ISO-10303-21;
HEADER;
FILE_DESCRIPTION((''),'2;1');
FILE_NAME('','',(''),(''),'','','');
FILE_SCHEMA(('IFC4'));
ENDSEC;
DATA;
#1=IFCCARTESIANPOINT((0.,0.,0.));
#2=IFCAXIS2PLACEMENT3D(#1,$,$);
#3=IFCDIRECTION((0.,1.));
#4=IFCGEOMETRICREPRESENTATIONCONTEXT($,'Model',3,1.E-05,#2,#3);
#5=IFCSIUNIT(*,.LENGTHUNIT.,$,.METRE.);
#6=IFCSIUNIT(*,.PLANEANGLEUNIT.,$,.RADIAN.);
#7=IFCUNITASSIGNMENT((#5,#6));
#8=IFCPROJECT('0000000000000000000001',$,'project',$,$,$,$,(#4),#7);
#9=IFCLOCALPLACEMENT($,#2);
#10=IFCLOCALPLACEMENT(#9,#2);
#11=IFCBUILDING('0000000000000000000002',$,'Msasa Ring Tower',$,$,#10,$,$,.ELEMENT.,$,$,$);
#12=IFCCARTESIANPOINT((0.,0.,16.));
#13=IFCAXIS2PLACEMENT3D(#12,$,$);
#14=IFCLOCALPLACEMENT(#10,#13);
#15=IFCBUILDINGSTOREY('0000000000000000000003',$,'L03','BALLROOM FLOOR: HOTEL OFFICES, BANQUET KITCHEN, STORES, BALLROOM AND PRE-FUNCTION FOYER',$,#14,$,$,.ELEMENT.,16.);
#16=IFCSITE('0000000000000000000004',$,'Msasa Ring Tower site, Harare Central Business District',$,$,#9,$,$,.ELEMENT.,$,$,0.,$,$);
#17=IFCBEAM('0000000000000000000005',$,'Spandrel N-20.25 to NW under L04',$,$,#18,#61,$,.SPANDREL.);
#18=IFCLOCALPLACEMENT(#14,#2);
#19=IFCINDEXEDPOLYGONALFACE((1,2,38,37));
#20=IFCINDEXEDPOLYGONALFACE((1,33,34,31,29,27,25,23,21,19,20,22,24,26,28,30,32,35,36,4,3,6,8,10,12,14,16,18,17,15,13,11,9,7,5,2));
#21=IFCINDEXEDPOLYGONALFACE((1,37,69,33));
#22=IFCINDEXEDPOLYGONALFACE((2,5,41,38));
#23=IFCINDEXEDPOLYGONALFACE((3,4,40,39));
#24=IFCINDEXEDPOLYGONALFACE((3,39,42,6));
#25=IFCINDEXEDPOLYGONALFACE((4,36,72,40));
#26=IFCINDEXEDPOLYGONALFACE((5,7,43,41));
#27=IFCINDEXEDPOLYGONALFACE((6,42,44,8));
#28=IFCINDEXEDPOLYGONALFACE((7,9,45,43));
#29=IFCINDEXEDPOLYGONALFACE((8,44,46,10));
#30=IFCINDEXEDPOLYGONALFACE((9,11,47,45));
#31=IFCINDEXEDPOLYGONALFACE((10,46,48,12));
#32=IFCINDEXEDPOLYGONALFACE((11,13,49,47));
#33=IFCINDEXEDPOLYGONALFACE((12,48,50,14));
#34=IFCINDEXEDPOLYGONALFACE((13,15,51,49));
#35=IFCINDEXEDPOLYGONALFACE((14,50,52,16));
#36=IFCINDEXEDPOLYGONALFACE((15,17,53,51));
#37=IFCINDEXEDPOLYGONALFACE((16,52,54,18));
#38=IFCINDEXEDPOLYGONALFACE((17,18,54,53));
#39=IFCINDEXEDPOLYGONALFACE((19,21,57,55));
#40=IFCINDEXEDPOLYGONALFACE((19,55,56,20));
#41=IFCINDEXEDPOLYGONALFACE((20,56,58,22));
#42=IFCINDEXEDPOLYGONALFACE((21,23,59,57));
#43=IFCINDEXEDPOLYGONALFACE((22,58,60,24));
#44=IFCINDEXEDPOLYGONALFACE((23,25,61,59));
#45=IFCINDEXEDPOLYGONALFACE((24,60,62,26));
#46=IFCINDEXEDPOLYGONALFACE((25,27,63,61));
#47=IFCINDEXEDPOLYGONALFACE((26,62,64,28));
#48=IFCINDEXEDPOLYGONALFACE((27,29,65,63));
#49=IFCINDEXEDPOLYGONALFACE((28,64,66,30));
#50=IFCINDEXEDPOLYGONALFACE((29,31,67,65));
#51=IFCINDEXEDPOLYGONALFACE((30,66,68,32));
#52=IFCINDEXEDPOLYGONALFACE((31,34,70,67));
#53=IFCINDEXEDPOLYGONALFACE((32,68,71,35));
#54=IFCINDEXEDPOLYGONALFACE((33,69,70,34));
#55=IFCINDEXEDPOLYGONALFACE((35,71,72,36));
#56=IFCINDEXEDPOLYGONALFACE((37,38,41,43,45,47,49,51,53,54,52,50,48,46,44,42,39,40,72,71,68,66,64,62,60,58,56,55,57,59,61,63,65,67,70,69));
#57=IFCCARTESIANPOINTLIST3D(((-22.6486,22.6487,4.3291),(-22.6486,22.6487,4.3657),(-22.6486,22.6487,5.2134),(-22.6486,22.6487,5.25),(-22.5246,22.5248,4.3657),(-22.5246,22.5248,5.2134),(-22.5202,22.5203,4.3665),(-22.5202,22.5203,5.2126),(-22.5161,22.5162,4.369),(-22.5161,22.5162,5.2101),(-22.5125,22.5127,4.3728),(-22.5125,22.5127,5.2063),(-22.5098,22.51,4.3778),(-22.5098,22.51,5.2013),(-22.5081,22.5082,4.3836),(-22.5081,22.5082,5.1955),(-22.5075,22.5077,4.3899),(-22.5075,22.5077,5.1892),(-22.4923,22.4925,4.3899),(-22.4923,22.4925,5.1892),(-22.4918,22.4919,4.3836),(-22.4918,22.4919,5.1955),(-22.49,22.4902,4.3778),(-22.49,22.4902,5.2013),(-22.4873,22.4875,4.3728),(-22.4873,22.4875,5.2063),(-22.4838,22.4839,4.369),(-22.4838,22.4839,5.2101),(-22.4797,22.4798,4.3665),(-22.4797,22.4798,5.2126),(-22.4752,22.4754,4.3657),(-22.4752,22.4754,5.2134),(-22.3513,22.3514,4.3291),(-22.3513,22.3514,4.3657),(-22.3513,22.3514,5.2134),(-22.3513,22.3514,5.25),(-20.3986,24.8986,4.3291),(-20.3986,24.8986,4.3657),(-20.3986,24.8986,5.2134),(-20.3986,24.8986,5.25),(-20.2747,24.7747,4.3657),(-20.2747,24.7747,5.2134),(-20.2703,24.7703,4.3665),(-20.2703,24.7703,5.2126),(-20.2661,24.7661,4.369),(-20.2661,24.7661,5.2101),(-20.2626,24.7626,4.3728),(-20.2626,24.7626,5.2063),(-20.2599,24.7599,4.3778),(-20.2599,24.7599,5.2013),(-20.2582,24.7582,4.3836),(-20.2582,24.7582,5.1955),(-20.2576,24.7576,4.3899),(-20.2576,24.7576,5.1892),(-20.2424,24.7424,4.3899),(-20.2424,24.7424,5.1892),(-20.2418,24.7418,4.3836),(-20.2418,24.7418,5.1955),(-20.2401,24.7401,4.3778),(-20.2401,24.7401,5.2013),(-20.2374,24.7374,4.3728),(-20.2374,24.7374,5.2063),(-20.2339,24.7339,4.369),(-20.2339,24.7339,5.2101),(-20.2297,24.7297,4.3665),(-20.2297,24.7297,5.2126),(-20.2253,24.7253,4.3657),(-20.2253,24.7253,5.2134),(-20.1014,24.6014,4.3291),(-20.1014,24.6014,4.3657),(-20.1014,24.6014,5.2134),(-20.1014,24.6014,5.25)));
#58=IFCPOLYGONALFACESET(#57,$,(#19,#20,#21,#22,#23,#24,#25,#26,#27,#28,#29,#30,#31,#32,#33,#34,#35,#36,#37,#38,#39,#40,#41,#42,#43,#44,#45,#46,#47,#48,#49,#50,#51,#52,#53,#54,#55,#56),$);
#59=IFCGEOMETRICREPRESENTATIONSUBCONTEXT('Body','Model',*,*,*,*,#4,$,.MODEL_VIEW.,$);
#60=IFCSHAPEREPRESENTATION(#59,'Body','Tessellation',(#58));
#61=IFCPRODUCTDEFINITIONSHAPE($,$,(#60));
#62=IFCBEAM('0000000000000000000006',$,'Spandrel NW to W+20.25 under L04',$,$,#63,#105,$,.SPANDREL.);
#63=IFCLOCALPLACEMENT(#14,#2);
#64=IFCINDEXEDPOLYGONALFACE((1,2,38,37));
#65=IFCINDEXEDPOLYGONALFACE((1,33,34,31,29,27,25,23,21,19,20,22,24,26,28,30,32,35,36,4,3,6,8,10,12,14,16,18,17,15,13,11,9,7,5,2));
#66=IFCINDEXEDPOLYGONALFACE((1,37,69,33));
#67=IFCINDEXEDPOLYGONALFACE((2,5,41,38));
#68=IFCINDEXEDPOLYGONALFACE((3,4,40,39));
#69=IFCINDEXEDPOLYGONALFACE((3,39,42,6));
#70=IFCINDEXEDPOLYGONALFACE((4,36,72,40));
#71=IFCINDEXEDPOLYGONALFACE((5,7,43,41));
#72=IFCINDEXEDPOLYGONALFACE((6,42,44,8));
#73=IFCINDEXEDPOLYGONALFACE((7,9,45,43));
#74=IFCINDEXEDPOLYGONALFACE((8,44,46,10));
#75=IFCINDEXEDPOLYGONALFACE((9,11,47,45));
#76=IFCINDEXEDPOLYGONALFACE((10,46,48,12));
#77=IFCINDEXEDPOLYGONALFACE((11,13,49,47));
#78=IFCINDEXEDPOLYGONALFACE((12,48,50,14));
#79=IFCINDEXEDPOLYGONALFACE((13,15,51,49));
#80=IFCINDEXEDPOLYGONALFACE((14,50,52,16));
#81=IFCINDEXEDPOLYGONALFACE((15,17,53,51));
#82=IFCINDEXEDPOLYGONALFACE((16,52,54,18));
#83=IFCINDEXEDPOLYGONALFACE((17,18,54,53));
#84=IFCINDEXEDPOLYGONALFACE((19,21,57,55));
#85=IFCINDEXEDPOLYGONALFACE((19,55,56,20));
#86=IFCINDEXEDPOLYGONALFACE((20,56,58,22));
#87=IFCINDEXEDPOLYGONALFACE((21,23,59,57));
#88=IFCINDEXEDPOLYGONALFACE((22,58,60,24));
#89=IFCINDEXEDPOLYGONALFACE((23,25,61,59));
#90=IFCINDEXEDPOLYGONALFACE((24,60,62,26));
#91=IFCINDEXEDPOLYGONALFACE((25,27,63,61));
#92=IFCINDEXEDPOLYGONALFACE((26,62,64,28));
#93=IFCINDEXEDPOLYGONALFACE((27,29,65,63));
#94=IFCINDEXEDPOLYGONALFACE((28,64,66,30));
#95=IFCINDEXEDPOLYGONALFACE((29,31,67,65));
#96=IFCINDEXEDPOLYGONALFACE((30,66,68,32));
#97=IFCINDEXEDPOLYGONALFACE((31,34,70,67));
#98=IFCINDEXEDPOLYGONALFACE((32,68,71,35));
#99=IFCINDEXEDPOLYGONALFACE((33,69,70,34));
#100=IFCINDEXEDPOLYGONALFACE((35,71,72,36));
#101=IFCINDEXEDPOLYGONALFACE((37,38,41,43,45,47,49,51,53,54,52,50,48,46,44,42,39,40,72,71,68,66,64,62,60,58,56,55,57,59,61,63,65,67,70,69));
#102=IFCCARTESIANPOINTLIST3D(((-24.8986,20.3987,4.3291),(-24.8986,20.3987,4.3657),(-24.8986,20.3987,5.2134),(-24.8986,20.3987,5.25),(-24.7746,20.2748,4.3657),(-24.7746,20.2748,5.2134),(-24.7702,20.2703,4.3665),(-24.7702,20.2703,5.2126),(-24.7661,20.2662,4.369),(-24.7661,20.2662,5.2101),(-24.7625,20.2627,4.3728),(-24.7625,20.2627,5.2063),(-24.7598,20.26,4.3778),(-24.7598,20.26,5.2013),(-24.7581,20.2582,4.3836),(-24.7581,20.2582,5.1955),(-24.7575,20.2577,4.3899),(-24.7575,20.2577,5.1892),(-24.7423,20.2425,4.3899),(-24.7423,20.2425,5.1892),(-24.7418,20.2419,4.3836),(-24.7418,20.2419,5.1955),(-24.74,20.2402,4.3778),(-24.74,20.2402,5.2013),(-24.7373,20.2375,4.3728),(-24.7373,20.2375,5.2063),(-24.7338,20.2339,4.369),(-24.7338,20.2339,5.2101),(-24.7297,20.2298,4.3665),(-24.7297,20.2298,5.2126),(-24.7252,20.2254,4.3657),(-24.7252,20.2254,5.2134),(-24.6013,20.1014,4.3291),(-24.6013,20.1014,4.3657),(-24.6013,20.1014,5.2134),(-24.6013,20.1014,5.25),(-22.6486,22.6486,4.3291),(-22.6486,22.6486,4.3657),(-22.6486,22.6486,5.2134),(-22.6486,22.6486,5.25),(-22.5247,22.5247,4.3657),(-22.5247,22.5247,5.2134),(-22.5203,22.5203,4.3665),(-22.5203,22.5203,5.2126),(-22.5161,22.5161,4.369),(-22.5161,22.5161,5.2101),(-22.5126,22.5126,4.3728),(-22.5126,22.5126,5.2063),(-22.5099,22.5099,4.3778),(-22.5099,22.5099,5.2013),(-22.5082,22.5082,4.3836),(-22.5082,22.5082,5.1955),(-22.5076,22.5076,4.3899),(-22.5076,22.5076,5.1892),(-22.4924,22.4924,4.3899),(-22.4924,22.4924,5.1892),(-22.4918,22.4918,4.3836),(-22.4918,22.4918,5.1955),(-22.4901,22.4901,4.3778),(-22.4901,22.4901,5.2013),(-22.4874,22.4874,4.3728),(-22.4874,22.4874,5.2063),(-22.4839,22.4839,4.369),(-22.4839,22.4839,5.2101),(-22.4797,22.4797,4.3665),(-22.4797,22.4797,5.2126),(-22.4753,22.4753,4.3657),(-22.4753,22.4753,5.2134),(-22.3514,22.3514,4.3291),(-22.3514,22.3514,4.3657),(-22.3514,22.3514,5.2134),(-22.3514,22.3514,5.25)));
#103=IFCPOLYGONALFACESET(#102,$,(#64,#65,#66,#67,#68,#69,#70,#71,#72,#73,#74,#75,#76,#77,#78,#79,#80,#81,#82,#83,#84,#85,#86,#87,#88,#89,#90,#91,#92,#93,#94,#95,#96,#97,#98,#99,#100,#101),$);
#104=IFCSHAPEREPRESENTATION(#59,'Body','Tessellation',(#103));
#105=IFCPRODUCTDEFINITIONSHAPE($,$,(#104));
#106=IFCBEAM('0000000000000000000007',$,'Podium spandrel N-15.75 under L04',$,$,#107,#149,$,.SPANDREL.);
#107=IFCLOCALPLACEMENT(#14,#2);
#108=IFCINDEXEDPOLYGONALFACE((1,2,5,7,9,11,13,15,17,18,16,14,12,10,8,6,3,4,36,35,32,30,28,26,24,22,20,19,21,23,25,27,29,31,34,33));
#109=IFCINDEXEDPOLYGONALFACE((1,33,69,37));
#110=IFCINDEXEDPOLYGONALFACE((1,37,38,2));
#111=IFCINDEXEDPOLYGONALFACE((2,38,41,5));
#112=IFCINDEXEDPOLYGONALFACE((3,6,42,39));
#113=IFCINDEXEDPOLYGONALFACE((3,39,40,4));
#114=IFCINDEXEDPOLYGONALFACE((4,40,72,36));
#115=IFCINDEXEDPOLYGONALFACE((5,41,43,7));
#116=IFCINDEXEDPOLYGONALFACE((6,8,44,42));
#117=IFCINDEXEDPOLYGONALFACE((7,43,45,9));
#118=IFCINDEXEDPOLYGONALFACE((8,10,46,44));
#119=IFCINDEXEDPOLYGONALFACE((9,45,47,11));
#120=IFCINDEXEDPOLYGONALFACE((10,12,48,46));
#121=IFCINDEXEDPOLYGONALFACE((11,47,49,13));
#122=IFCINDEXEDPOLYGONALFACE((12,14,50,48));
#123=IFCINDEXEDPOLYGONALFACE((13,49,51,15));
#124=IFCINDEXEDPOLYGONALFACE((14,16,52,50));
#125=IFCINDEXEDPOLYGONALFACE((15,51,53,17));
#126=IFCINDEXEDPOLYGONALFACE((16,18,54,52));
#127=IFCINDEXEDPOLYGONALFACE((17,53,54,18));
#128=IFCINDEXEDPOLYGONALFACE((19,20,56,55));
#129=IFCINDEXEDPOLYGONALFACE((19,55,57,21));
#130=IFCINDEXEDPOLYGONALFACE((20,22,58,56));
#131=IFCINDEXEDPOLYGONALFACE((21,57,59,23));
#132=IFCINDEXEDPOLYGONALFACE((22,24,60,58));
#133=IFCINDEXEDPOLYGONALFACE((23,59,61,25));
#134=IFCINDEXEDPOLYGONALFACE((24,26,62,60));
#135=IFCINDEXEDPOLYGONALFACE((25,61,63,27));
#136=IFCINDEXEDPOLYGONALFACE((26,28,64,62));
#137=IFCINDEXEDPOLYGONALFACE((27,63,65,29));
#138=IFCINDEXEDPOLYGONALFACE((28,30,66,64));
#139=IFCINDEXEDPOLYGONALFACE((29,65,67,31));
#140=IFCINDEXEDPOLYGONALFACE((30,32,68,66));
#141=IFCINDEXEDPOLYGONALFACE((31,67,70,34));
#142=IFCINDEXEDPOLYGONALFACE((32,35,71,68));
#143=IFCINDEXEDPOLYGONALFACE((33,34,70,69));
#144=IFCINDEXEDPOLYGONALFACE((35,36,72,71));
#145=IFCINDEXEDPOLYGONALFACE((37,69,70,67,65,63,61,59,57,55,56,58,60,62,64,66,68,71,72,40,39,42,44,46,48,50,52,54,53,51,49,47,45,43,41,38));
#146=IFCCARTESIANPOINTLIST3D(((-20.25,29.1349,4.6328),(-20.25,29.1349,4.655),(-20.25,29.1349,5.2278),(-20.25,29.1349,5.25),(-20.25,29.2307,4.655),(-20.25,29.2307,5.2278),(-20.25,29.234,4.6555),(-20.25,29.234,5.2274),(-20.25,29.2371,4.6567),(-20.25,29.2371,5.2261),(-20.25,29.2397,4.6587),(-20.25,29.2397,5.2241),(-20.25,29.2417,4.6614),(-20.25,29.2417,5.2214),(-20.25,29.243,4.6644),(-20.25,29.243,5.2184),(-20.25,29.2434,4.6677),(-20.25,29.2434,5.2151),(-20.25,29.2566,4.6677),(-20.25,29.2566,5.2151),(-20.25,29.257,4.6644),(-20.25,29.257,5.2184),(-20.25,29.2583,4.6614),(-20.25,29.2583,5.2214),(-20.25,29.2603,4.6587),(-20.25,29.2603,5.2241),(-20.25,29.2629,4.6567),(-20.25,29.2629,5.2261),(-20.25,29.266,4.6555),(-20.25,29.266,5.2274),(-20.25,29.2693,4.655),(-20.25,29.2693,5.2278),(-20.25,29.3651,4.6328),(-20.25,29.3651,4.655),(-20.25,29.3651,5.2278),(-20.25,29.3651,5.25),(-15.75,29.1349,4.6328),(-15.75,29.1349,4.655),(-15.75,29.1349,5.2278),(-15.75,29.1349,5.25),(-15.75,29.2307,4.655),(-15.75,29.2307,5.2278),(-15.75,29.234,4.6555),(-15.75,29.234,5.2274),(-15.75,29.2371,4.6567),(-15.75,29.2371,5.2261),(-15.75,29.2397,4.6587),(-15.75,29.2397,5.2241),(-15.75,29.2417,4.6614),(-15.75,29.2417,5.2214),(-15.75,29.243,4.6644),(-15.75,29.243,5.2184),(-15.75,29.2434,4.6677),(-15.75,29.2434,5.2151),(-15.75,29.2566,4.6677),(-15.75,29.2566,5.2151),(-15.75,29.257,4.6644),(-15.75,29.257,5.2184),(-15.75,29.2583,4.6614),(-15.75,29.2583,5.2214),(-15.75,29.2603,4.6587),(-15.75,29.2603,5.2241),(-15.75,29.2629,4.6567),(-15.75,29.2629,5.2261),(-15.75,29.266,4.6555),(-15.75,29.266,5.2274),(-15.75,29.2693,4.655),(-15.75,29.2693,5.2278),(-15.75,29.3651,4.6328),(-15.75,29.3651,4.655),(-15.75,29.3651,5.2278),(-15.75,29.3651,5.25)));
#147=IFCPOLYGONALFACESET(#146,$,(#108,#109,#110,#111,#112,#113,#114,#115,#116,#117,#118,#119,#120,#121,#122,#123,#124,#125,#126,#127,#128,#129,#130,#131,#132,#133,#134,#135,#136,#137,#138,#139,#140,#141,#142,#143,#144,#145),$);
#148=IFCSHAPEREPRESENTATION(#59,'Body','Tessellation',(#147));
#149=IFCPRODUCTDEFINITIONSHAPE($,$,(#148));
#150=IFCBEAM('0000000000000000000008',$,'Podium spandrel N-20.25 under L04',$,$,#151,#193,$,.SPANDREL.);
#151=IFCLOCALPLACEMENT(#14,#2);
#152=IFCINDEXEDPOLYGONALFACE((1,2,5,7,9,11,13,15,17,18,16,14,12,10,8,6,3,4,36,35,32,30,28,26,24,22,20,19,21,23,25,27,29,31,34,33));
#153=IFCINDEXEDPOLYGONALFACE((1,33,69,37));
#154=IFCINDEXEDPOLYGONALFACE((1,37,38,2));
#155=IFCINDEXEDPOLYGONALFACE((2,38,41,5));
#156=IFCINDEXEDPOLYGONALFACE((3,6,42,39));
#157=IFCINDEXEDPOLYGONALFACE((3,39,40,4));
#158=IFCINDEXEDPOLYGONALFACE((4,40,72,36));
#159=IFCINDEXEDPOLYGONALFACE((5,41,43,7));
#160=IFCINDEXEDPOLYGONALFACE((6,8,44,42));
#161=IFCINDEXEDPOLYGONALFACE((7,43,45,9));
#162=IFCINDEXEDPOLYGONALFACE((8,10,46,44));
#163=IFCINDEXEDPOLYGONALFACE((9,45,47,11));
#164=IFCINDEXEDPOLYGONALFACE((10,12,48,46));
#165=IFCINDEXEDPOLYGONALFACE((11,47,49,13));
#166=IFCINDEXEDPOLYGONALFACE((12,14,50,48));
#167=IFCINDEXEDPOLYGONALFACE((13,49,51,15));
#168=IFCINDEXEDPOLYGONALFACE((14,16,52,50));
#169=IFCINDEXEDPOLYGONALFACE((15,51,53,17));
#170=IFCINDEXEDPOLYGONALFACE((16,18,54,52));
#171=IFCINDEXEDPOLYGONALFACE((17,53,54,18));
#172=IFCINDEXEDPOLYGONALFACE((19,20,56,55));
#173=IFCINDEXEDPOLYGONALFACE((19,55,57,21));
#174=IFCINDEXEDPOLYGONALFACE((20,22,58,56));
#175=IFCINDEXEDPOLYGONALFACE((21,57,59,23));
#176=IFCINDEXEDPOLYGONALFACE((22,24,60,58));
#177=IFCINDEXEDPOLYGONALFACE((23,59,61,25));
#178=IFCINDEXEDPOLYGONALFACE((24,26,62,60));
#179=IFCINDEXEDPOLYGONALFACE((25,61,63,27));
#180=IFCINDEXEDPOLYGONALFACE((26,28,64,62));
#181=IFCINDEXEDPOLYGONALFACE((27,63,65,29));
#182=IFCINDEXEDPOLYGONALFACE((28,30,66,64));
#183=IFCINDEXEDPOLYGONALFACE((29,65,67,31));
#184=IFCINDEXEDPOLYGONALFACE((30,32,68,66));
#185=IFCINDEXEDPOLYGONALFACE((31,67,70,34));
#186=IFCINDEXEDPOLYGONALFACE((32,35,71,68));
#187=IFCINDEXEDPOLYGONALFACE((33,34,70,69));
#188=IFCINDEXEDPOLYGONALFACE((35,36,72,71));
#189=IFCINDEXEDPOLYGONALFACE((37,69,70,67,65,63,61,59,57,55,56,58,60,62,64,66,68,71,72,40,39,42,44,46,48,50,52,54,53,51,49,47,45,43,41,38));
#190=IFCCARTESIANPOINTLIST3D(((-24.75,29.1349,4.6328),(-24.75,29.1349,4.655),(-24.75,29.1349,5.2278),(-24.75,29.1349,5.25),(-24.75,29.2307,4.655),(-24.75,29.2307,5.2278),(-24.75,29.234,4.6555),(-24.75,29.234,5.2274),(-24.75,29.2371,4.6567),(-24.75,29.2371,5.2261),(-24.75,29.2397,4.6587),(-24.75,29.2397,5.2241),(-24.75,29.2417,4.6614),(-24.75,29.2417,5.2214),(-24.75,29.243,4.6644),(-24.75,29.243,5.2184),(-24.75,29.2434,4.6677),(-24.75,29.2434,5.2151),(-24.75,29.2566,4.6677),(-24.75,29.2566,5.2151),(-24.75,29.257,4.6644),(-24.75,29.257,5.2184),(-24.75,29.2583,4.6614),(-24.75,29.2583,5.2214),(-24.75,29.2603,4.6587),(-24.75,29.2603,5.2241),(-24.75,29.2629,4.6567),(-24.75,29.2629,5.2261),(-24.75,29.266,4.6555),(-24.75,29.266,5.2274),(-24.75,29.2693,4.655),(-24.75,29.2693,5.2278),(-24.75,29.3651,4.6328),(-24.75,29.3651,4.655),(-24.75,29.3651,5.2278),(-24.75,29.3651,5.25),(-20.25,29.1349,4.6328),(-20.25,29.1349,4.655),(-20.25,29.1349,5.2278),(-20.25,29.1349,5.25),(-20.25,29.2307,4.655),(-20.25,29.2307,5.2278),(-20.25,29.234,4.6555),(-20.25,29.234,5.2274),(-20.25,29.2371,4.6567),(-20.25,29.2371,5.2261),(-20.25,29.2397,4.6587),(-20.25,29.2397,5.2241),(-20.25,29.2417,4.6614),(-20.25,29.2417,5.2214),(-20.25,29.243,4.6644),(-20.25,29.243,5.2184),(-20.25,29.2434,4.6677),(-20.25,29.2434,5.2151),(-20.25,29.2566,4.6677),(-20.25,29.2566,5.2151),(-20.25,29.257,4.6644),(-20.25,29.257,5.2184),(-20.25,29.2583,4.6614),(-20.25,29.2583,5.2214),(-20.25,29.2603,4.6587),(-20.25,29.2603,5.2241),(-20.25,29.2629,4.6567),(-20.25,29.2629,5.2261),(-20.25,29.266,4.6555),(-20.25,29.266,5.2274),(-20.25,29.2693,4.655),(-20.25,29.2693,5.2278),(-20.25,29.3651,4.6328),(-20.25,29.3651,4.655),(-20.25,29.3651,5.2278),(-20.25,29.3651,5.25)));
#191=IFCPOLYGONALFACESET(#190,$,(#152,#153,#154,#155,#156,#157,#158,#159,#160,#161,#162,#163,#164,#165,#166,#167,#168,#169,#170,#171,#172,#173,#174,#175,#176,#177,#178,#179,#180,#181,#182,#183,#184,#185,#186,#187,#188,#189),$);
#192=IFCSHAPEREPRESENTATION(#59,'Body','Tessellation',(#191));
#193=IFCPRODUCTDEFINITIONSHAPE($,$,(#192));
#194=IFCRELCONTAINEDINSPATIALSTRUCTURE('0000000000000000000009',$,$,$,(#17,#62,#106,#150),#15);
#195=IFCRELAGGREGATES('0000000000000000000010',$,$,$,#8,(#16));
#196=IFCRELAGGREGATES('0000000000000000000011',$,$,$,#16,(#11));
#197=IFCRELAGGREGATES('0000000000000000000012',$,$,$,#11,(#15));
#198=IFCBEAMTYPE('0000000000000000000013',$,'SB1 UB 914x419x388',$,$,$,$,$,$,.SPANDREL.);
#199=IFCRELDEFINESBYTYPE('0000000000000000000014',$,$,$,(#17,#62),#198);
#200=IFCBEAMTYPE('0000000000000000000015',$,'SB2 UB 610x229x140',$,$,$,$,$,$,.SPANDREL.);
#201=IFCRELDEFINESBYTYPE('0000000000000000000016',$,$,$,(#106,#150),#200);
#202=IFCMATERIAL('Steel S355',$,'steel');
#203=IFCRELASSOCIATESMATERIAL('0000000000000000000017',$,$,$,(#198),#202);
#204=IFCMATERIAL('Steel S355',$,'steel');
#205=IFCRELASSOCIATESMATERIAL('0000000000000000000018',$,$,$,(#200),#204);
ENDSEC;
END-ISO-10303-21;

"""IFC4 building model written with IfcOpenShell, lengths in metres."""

from ifc_helpers import new_model, si_unit, direction, frame, origin, origin_2d, place, context, subcontext, project, spatial, i_section, extrude, material, material_profile, profile_set, type_object, element, save


model = new_model("IFC4")

# Units and contexts
model_context = context("Model", 3, precision=1e-05, world=origin(), true_north=direction((0.0, 1.0)))
body_context = subcontext(model_context, "Body", "Model", "MODEL_VIEW")
ifc_project = project(units=[si_unit("LENGTHUNIT", "METRE"), si_unit("PLANEANGLEUNIT", "RADIAN")], contexts=[model_context])

# Site, building, storey
site_placement = place(None, origin())
site = spatial("IfcSite", under=ifc_project, at=site_placement, Name="Msasa Ring Tower site, Harare Central Business District", CompositionType="ELEMENT", RefElevation=0.0)
building_placement = place(site_placement, origin())
building = spatial("IfcBuilding", under=site, at=building_placement, Name="Msasa Ring Tower", CompositionType="ELEMENT")
storey_placement = place(building_placement, frame((0.0, 0.0, 16.0)))
storey = spatial("IfcBuildingStorey", under=building, at=storey_placement, Name="L03", Description="BALLROOM FLOOR: HOTEL OFFICES, BANQUET KITCHEN, STORES, BALLROOM AND PRE-FUNCTION FOYER", CompositionType="ELEMENT", Elevation=16.0)

# Beams
ifc_material_1 = material(Name="Steel S355", Category="steel")
ifc_material_profile_1 = material_profile(ifc_material_1, i_section(OverallWidth=0.4204, OverallDepth=0.9209, WebThickness=0.0215, FlangeThickness=0.0366, FilletRadius=0.0242, at=origin_2d()), Name="UB 914x419x388")
ifc_profile_set_1 = profile_set([ifc_material_profile_1], Name="Steel S355")
beam_type_1 = type_object("IfcBeamType", Name="SB1 UB 914x419x388", PredefinedType="SPANDREL", material=ifc_profile_set_1)
for number, where, z_axis, x_axis, name in (
    (1, (-20.25, 24.75, 4.7896), (-0.707107, -0.707107, 0.0), (0.707107, -0.707107, 0.0), "Spandrel N-20.25 to NW under L04"),
    (2, (-22.5, 22.5, 4.7896), (-0.707107, -0.707107, 0.0), (0.707107, -0.707107, 0.0), "Spandrel NW to W+20.25 under L04"),
):
    element("IfcBeam", number, at=place(storey_placement, frame(where, z_axis=z_axis, x_axis=x_axis)), inside=storey, type_object=beam_type_1, Name=name, PredefinedType="SPANDREL", context=body_context, shape_type="SweptSolid", body=[
        extrude(i_section(OverallWidth=0.4204, OverallDepth=0.9209, WebThickness=0.0215, FlangeThickness=0.0366, FilletRadius=0.0242, at=origin_2d()), origin(), (0.0, 0.0, 1.0), 3.1819),
    ])
ifc_material_2 = material(Name="Steel S355", Category="steel")
ifc_material_profile_2 = material_profile(ifc_material_2, i_section(OverallWidth=0.2302, OverallDepth=0.6172, WebThickness=0.0132, FlangeThickness=0.0222, FilletRadius=0.0127, at=origin_2d()), Name="UB 610x229x140")
ifc_profile_set_2 = profile_set([ifc_material_profile_2], Name="Steel S355")
beam_type_2 = type_object("IfcBeamType", Name="SB2 UB 610x229x140", PredefinedType="SPANDREL", material=ifc_profile_set_2)
for number, where, z_axis, x_axis, name in (
    (3, (-15.75, 29.25, 4.9414), (-1.0, 0.0, 0.0), (0.0, -1.0, 0.0), "Podium spandrel N-15.75 under L04"),
    (4, (-20.25, 29.25, 4.9414), (-1.0, 0.0, 0.0), (0.0, -1.0, 0.0), "Podium spandrel N-20.25 under L04"),
):
    element("IfcBeam", number, at=place(storey_placement, frame(where, z_axis=z_axis, x_axis=x_axis)), inside=storey, type_object=beam_type_2, Name=name, PredefinedType="SPANDREL", context=body_context, shape_type="SweptSolid", body=[
        extrude(i_section(OverallWidth=0.2302, OverallDepth=0.6172, WebThickness=0.0132, FlangeThickness=0.0222, FilletRadius=0.0127, at=origin_2d()), origin(), (0.0, 0.0, 1.0), 4.5),
    ])

save(model, "model.ifc")
